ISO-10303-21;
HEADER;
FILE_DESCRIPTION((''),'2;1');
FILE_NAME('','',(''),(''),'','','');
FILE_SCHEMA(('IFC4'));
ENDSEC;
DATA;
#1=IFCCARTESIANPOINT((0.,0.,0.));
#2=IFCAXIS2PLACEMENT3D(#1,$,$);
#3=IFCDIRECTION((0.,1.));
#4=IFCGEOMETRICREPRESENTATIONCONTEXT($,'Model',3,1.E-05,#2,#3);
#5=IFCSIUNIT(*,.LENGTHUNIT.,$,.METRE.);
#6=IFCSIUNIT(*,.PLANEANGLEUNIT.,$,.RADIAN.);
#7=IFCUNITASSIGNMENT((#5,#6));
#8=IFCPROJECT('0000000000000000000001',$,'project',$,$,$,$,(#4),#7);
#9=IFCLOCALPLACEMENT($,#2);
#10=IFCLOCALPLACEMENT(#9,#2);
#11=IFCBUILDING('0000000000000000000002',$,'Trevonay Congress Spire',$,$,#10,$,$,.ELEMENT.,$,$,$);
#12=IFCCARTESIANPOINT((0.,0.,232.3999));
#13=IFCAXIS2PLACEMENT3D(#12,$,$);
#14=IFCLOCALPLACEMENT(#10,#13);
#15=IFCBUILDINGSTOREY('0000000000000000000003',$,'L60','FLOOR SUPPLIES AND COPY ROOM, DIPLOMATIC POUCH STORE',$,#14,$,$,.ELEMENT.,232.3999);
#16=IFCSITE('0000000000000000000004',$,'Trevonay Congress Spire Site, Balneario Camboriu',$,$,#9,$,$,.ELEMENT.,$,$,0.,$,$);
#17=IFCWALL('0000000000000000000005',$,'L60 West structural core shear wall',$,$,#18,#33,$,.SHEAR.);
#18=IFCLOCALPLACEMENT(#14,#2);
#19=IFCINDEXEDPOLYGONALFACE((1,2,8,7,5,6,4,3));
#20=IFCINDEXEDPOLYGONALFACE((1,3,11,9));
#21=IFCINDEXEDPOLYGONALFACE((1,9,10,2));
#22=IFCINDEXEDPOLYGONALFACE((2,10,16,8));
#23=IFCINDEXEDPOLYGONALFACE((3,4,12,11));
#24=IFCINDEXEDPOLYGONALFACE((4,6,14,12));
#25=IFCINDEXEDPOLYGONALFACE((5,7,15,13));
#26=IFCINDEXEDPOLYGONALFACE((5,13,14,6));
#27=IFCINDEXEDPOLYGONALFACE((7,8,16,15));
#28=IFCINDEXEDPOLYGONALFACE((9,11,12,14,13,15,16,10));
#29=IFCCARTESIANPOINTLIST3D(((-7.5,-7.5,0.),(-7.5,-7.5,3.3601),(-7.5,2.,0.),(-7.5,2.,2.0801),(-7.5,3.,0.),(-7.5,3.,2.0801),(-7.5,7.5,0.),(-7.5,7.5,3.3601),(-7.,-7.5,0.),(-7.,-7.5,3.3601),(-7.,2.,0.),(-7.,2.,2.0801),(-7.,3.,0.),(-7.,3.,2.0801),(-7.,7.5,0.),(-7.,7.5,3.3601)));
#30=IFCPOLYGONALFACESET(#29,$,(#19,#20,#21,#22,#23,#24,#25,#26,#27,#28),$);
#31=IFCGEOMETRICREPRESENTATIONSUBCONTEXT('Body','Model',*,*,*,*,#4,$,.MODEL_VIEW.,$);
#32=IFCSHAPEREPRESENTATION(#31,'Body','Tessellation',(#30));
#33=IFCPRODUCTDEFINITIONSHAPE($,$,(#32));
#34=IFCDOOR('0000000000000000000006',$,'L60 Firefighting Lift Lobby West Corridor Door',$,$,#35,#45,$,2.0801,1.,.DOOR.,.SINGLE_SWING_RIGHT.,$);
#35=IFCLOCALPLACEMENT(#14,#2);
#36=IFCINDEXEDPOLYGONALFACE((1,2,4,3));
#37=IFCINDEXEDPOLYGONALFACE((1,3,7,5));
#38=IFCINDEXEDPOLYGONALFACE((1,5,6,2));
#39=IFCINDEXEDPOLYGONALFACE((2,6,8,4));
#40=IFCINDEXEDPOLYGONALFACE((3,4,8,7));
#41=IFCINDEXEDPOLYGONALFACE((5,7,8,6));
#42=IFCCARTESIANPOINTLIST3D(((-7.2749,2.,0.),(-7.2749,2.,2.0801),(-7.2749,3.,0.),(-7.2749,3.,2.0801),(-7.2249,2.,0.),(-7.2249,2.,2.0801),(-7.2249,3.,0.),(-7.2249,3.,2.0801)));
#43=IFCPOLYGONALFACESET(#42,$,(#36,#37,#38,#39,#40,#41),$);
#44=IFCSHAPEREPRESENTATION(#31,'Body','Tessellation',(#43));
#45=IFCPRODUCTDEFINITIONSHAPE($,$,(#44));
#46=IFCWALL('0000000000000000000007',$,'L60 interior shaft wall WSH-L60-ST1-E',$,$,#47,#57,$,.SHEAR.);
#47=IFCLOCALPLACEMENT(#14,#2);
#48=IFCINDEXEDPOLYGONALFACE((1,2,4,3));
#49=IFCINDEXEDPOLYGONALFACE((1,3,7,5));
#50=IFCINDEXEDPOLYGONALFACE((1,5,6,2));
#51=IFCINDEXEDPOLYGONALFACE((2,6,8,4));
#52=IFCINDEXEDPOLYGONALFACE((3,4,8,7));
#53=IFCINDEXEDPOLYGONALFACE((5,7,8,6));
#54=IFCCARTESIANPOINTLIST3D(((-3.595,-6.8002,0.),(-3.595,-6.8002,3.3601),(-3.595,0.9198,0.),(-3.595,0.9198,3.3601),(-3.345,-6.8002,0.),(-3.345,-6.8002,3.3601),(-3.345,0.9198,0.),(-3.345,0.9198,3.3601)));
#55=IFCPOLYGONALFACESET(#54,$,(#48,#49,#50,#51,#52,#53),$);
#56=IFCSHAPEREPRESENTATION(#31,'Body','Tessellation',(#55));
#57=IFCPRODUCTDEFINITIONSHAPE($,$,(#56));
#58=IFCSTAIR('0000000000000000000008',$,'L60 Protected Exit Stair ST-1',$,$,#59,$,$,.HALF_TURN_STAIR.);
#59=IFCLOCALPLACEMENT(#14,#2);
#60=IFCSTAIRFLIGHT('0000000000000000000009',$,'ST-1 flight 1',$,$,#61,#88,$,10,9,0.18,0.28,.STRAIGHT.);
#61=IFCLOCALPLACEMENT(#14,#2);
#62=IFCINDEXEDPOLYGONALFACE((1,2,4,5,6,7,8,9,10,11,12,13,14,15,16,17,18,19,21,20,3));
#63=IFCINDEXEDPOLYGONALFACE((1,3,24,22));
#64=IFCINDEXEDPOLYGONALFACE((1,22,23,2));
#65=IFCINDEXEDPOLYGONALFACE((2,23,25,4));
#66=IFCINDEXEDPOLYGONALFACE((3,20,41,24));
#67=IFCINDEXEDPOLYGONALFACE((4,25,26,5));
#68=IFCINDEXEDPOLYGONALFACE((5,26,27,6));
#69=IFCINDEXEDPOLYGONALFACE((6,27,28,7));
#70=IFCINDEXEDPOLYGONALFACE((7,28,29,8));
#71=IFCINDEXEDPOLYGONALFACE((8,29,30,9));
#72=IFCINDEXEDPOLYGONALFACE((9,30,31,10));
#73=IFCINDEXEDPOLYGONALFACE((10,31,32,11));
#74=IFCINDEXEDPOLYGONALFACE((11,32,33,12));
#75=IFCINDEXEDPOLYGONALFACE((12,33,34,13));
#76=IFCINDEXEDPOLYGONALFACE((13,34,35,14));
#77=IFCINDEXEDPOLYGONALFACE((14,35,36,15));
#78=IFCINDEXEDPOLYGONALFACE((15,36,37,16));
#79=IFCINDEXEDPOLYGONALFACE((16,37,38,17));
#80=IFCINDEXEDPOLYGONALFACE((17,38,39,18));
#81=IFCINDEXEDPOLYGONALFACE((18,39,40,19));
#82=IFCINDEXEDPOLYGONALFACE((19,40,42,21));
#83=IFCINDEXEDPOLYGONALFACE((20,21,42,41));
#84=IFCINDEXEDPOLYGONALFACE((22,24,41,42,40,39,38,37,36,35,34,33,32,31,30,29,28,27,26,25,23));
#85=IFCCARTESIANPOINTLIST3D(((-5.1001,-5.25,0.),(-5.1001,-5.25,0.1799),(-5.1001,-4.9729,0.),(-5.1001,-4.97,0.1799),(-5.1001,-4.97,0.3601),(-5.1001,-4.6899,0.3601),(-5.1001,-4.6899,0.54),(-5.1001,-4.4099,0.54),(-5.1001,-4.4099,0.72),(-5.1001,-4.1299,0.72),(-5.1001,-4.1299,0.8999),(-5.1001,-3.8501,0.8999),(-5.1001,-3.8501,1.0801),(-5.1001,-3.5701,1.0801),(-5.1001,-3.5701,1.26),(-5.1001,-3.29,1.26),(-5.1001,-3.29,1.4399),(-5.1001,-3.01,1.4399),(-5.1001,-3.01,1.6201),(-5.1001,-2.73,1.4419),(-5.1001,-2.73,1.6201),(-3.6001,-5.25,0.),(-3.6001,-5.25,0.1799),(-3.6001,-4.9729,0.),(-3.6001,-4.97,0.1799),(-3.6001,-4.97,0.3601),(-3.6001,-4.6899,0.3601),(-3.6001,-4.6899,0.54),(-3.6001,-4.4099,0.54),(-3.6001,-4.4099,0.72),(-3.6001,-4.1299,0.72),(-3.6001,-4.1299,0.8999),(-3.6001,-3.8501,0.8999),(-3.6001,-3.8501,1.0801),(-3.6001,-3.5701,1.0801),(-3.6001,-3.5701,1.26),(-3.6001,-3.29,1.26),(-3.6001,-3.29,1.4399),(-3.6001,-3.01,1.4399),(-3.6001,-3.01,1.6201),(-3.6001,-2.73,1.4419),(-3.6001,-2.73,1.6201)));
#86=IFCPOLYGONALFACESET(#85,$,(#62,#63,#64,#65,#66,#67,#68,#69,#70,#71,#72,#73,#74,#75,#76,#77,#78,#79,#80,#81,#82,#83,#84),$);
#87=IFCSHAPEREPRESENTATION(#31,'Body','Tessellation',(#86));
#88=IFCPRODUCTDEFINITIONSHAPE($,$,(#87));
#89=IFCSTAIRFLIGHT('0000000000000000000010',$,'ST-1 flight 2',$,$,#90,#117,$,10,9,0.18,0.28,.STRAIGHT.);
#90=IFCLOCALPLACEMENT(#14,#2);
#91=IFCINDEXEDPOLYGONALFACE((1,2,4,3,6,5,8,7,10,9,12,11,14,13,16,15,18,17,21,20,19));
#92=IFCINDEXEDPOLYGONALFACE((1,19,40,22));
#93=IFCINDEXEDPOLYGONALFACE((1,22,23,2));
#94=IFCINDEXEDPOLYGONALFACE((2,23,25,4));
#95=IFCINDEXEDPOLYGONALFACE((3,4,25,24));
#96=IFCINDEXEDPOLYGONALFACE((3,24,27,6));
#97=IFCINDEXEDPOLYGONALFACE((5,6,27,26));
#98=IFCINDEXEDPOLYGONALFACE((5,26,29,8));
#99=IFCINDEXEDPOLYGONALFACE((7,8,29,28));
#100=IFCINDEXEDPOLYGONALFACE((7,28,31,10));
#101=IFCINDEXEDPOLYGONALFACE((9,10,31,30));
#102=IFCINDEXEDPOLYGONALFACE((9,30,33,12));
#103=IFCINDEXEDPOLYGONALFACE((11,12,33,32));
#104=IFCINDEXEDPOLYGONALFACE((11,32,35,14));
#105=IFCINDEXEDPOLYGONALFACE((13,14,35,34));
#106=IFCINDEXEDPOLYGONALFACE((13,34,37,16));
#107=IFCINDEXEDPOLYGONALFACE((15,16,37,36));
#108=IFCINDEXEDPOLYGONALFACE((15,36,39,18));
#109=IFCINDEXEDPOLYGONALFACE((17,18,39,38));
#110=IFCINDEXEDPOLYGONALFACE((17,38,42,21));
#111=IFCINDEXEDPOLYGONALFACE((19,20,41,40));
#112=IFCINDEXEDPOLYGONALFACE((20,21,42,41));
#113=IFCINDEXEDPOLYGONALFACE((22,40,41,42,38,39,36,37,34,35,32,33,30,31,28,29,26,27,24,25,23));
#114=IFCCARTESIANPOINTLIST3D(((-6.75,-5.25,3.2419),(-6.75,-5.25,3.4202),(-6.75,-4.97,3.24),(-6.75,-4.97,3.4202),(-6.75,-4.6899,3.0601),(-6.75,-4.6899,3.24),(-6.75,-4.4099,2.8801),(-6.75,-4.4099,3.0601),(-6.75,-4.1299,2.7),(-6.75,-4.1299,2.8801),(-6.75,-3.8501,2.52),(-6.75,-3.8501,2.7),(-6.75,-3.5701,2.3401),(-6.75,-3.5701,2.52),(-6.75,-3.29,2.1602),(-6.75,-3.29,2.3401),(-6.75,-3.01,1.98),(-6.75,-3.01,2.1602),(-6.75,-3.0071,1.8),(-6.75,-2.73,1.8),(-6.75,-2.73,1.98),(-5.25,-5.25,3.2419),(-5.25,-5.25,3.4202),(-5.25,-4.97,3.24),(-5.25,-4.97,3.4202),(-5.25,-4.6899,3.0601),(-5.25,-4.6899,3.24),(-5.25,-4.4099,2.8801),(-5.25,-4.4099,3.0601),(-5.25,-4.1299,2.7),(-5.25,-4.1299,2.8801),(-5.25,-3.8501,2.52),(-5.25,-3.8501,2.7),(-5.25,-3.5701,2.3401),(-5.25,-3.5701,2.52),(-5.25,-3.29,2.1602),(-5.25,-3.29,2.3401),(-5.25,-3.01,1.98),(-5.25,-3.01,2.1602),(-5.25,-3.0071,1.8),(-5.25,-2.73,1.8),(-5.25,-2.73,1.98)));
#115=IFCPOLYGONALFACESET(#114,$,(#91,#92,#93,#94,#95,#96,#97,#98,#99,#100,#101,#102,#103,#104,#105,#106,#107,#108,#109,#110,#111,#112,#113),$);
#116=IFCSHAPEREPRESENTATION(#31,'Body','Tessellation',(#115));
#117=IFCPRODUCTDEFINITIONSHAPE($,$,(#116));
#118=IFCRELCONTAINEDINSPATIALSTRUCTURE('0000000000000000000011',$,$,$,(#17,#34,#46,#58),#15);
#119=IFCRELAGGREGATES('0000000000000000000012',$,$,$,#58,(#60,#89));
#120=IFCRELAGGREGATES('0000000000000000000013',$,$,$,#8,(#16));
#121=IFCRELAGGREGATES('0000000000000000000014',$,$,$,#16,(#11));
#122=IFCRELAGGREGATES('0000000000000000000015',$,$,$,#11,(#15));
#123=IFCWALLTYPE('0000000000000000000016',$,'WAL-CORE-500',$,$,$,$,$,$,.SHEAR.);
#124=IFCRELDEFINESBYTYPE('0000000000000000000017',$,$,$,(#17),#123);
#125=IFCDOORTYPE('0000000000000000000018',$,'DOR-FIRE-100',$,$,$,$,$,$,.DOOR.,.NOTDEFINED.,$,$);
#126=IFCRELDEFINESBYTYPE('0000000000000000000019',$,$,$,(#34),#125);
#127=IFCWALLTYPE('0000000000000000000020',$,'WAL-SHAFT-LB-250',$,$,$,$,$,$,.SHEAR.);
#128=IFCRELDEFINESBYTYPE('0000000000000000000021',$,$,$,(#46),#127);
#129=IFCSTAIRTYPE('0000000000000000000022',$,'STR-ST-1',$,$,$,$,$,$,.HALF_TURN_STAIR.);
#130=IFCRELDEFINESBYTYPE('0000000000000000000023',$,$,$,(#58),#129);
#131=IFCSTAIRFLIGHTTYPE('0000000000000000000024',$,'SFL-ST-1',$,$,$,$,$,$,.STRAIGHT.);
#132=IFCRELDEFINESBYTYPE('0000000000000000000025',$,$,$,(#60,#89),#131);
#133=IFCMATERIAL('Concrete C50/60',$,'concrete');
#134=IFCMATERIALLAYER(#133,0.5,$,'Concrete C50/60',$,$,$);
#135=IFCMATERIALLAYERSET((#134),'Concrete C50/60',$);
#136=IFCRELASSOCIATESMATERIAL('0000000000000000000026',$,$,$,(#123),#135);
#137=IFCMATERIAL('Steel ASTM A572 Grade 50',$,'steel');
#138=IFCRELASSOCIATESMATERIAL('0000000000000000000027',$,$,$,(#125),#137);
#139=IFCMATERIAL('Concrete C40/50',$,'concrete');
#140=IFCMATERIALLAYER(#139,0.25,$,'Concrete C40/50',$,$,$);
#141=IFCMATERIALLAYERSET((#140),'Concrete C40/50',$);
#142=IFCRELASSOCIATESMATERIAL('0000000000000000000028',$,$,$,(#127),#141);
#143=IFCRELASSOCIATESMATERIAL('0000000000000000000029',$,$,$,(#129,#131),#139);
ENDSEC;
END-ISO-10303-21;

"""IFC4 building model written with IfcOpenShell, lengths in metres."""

from ifc_helpers import new_model, si_unit, direction, frame, frame_2d, origin, place, context, subcontext, project, spatial, polyline, rectangle, outline, extrude, material, layer, layer_set, type_object, element, fill, aggregate, save


model = new_model("IFC4")

# Units and contexts
model_context = context("Model", 3, precision=1e-05, world=origin(), true_north=direction((0.0, 1.0)))
body_context = subcontext(model_context, "Body", "Model", "MODEL_VIEW")
ifc_project = project(units=[si_unit("LENGTHUNIT", "METRE"), si_unit("PLANEANGLEUNIT", "RADIAN")], contexts=[model_context])

# Site, building, storey
site_placement = place(None, origin())
site = spatial("IfcSite", under=ifc_project, at=site_placement, Name="Trevonay Congress Spire Site, Balneario Camboriu", CompositionType="ELEMENT", RefElevation=0.0)
building_placement = place(site_placement, origin())
building = spatial("IfcBuilding", under=site, at=building_placement, Name="Trevonay Congress Spire", CompositionType="ELEMENT")
storey_placement = place(building_placement, frame((0.0, 0.0, 232.3999)))
storey = spatial("IfcBuildingStorey", under=building, at=storey_placement, Name="L60", Description="FLOOR SUPPLIES AND COPY ROOM, DIPLOMATIC POUCH STORE", CompositionType="ELEMENT", Elevation=232.3999)

# Shared definitions
ifc_material_1 = material(Name="Steel ASTM A572 Grade 50", Category="steel")

# Shared definitions
ifc_material_2 = material(Name="Concrete C50/60", Category="concrete")
ifc_layer_1 = layer(ifc_material_2, 0.5, Name="Concrete C50/60")
ifc_layer_set_1 = layer_set([ifc_layer_1], Name="Concrete C50/60")
wall_type_1 = type_object("IfcWallType", Name="WAL-CORE-500", PredefinedType="SHEAR", material=ifc_layer_set_1)
door_type_1 = type_object("IfcDoorType", Name="DOR-FIRE-100", OperationType="NOTDEFINED", PredefinedType="DOOR", material=ifc_material_1)

# Wall, opening, door
wall_1_placement = place(storey_placement, frame((-7.25, -7.5, 0.0), z_axis=(0.0, 0.0, 1.0), x_axis=(0.0, 1.0, 0.0)))
wall_1 = element("IfcWall", 1, at=wall_1_placement, inside=storey, type_object=wall_type_1, Name="L60 West structural core shear wall", PredefinedType="SHEAR", context=body_context, shape_type="SweptSolid", body=[
    extrude(rectangle(XDim=15.0, YDim=0.5, at=frame_2d((7.5, 0.0))), origin(), (0.0, 0.0, 1.0), 3.3601),
])
opening_1_placement = place(wall_1_placement, frame((9.5, 0.0, 0.0)))
opening_1 = element("IfcOpeningElement", 2, at=opening_1_placement, cuts=wall_1, PredefinedType="OPENING", context=body_context, shape_type="SweptSolid", body=[
    extrude(rectangle(XDim=1.0, YDim=2.0801, at=frame_2d((0.5, 1.04))), frame((0.0, 0.26, 0.0), z_axis=(0.0, -1.0, 0.0), x_axis=(1.0, 0.0, 0.0)), (0.0, 0.0, 1.0), 0.52),
])
door_1_placement = place(opening_1_placement, origin())
door_1 = element("IfcDoor", 3, at=door_1_placement, inside=storey, type_object=door_type_1, Name="L60 Firefighting Lift Lobby West Corridor Door", OperationType="SINGLE_SWING_RIGHT", OverallHeight=2.0801, OverallWidth=1.0, PredefinedType="DOOR", context=body_context, shape_type="SweptSolid", body=[
    extrude(rectangle(XDim=1.0, YDim=2.0801, at=frame_2d((0.5, 1.04))), frame((0.0, 0.0249, 0.0), z_axis=(0.0, -1.0, 0.0), x_axis=(1.0, 0.0, 0.0)), (0.0, 0.0, 1.0), 0.05),
])
fill(opening_1, door_1)

# Wall
ifc_material_3 = material(Name="Concrete C40/50", Category="concrete")
ifc_layer_2 = layer(ifc_material_3, 0.25, Name="Concrete C40/50")
ifc_layer_set_2 = layer_set([ifc_layer_2], Name="Concrete C40/50")
wall_type_2 = type_object("IfcWallType", Name="WAL-SHAFT-LB-250", PredefinedType="SHEAR", material=ifc_layer_set_2)
wall_2_placement = place(storey_placement, frame((-3.47, -6.8, 0.0), z_axis=(0.0, 0.0, 1.0), x_axis=(0.0, 1.0, 0.0)))
element("IfcWall", 4, at=wall_2_placement, inside=storey, type_object=wall_type_2, Name="L60 interior shaft wall WSH-L60-ST1-E", PredefinedType="SHEAR", context=body_context, shape_type="SweptSolid", body=[
    extrude(rectangle(XDim=7.72, YDim=0.25, at=frame_2d((3.8599, 0.0))), origin(), (0.0, 0.0, 1.0), 3.3601),
])

# Stair, stair flights
stair_type = type_object("IfcStairType", Name="STR-ST-1", PredefinedType="HALF_TURN_STAIR", material=ifc_material_3)
stair_placement = place(storey_placement, origin())
stair = element("IfcStair", 5, at=stair_placement, inside=storey, type_object=stair_type, Name="L60 Protected Exit Stair ST-1", PredefinedType="HALF_TURN_STAIR")
stair_flight_type = type_object("IfcStairFlightType", Name="SFL-ST-1", PredefinedType="STRAIGHT", material=ifc_material_3)
stair_flight_1_placement = place(storey_placement, frame((-4.3501, -5.25, 0.0), z_axis=(0.0, 0.0, 1.0), x_axis=(0.0, 1.0, 0.0)))
stair_flight_1 = element("IfcStairFlight", 6, at=stair_flight_1_placement, type_object=stair_flight_type, Name="ST-1 flight 1", NumberOfRisers=10, NumberOfTreads=9, PredefinedType="STRAIGHT", RiserHeight=0.18, TreadLength=0.28, context=body_context, shape_type="SweptSolid", body=[
    extrude(outline(polyline([(0.0, 0.0), (0.0, 0.1799), (0.28, 0.1799), (0.28, 0.3601), (0.5601, 0.3601), (0.5601, 0.54), (0.8401, 0.54), (0.8401, 0.72), (1.1201, 0.72), (1.1201, 0.8999), (1.3999, 0.8999), (1.3999, 1.0801), (1.6799, 1.0801), (1.6799, 1.26), (1.96, 1.26), (1.96, 1.4399), (2.24, 1.4399), (2.24, 1.6201), (2.52, 1.6201), (2.52, 1.8), (2.52, 1.4419), (0.2771, 0.0), (0.0, 0.0)])), frame((0.0, 0.75, 0.0), z_axis=(0.0, -1.0, 0.0), x_axis=(1.0, 0.0, 0.0)), (0.0, 0.0, 1.0), 1.5),
])
stair_flight_2_placement = place(storey_placement, frame((-6.0, -2.73, 1.8), z_axis=(0.0, 0.0, 1.0), x_axis=(0.0, -1.0, 0.0)))
stair_flight_2 = element("IfcStairFlight", 7, at=stair_flight_2_placement, type_object=stair_flight_type, Name="ST-1 flight 2", NumberOfRisers=10, NumberOfTreads=9, PredefinedType="STRAIGHT", RiserHeight=0.18, TreadLength=0.28, context=body_context, shape_type="SweptSolid", body=[
    extrude(outline(polyline([(0.0, 0.0), (0.0, 0.1799), (0.28, 0.1799), (0.28, 0.3601), (0.5601, 0.3601), (0.5601, 0.54), (0.8401, 0.54), (0.8401, 0.72), (1.1201, 0.72), (1.1201, 0.8999), (1.3999, 0.8999), (1.3999, 1.0801), (1.6799, 1.0801), (1.6799, 1.26), (1.96, 1.26), (1.96, 1.4399), (2.24, 1.4399), (2.24, 1.6201), (2.52, 1.6201), (2.52, 1.8), (2.52, 1.4419), (0.2771, 0.0), (0.0, 0.0)])), frame((0.0, 0.75, 0.0), z_axis=(0.0, -1.0, 0.0), x_axis=(1.0, 0.0, 0.0)), (0.0, 0.0, 1.0), 1.5),
])
aggregate(stair, [stair_flight_1, stair_flight_2])

save(model, "model.ifc")
